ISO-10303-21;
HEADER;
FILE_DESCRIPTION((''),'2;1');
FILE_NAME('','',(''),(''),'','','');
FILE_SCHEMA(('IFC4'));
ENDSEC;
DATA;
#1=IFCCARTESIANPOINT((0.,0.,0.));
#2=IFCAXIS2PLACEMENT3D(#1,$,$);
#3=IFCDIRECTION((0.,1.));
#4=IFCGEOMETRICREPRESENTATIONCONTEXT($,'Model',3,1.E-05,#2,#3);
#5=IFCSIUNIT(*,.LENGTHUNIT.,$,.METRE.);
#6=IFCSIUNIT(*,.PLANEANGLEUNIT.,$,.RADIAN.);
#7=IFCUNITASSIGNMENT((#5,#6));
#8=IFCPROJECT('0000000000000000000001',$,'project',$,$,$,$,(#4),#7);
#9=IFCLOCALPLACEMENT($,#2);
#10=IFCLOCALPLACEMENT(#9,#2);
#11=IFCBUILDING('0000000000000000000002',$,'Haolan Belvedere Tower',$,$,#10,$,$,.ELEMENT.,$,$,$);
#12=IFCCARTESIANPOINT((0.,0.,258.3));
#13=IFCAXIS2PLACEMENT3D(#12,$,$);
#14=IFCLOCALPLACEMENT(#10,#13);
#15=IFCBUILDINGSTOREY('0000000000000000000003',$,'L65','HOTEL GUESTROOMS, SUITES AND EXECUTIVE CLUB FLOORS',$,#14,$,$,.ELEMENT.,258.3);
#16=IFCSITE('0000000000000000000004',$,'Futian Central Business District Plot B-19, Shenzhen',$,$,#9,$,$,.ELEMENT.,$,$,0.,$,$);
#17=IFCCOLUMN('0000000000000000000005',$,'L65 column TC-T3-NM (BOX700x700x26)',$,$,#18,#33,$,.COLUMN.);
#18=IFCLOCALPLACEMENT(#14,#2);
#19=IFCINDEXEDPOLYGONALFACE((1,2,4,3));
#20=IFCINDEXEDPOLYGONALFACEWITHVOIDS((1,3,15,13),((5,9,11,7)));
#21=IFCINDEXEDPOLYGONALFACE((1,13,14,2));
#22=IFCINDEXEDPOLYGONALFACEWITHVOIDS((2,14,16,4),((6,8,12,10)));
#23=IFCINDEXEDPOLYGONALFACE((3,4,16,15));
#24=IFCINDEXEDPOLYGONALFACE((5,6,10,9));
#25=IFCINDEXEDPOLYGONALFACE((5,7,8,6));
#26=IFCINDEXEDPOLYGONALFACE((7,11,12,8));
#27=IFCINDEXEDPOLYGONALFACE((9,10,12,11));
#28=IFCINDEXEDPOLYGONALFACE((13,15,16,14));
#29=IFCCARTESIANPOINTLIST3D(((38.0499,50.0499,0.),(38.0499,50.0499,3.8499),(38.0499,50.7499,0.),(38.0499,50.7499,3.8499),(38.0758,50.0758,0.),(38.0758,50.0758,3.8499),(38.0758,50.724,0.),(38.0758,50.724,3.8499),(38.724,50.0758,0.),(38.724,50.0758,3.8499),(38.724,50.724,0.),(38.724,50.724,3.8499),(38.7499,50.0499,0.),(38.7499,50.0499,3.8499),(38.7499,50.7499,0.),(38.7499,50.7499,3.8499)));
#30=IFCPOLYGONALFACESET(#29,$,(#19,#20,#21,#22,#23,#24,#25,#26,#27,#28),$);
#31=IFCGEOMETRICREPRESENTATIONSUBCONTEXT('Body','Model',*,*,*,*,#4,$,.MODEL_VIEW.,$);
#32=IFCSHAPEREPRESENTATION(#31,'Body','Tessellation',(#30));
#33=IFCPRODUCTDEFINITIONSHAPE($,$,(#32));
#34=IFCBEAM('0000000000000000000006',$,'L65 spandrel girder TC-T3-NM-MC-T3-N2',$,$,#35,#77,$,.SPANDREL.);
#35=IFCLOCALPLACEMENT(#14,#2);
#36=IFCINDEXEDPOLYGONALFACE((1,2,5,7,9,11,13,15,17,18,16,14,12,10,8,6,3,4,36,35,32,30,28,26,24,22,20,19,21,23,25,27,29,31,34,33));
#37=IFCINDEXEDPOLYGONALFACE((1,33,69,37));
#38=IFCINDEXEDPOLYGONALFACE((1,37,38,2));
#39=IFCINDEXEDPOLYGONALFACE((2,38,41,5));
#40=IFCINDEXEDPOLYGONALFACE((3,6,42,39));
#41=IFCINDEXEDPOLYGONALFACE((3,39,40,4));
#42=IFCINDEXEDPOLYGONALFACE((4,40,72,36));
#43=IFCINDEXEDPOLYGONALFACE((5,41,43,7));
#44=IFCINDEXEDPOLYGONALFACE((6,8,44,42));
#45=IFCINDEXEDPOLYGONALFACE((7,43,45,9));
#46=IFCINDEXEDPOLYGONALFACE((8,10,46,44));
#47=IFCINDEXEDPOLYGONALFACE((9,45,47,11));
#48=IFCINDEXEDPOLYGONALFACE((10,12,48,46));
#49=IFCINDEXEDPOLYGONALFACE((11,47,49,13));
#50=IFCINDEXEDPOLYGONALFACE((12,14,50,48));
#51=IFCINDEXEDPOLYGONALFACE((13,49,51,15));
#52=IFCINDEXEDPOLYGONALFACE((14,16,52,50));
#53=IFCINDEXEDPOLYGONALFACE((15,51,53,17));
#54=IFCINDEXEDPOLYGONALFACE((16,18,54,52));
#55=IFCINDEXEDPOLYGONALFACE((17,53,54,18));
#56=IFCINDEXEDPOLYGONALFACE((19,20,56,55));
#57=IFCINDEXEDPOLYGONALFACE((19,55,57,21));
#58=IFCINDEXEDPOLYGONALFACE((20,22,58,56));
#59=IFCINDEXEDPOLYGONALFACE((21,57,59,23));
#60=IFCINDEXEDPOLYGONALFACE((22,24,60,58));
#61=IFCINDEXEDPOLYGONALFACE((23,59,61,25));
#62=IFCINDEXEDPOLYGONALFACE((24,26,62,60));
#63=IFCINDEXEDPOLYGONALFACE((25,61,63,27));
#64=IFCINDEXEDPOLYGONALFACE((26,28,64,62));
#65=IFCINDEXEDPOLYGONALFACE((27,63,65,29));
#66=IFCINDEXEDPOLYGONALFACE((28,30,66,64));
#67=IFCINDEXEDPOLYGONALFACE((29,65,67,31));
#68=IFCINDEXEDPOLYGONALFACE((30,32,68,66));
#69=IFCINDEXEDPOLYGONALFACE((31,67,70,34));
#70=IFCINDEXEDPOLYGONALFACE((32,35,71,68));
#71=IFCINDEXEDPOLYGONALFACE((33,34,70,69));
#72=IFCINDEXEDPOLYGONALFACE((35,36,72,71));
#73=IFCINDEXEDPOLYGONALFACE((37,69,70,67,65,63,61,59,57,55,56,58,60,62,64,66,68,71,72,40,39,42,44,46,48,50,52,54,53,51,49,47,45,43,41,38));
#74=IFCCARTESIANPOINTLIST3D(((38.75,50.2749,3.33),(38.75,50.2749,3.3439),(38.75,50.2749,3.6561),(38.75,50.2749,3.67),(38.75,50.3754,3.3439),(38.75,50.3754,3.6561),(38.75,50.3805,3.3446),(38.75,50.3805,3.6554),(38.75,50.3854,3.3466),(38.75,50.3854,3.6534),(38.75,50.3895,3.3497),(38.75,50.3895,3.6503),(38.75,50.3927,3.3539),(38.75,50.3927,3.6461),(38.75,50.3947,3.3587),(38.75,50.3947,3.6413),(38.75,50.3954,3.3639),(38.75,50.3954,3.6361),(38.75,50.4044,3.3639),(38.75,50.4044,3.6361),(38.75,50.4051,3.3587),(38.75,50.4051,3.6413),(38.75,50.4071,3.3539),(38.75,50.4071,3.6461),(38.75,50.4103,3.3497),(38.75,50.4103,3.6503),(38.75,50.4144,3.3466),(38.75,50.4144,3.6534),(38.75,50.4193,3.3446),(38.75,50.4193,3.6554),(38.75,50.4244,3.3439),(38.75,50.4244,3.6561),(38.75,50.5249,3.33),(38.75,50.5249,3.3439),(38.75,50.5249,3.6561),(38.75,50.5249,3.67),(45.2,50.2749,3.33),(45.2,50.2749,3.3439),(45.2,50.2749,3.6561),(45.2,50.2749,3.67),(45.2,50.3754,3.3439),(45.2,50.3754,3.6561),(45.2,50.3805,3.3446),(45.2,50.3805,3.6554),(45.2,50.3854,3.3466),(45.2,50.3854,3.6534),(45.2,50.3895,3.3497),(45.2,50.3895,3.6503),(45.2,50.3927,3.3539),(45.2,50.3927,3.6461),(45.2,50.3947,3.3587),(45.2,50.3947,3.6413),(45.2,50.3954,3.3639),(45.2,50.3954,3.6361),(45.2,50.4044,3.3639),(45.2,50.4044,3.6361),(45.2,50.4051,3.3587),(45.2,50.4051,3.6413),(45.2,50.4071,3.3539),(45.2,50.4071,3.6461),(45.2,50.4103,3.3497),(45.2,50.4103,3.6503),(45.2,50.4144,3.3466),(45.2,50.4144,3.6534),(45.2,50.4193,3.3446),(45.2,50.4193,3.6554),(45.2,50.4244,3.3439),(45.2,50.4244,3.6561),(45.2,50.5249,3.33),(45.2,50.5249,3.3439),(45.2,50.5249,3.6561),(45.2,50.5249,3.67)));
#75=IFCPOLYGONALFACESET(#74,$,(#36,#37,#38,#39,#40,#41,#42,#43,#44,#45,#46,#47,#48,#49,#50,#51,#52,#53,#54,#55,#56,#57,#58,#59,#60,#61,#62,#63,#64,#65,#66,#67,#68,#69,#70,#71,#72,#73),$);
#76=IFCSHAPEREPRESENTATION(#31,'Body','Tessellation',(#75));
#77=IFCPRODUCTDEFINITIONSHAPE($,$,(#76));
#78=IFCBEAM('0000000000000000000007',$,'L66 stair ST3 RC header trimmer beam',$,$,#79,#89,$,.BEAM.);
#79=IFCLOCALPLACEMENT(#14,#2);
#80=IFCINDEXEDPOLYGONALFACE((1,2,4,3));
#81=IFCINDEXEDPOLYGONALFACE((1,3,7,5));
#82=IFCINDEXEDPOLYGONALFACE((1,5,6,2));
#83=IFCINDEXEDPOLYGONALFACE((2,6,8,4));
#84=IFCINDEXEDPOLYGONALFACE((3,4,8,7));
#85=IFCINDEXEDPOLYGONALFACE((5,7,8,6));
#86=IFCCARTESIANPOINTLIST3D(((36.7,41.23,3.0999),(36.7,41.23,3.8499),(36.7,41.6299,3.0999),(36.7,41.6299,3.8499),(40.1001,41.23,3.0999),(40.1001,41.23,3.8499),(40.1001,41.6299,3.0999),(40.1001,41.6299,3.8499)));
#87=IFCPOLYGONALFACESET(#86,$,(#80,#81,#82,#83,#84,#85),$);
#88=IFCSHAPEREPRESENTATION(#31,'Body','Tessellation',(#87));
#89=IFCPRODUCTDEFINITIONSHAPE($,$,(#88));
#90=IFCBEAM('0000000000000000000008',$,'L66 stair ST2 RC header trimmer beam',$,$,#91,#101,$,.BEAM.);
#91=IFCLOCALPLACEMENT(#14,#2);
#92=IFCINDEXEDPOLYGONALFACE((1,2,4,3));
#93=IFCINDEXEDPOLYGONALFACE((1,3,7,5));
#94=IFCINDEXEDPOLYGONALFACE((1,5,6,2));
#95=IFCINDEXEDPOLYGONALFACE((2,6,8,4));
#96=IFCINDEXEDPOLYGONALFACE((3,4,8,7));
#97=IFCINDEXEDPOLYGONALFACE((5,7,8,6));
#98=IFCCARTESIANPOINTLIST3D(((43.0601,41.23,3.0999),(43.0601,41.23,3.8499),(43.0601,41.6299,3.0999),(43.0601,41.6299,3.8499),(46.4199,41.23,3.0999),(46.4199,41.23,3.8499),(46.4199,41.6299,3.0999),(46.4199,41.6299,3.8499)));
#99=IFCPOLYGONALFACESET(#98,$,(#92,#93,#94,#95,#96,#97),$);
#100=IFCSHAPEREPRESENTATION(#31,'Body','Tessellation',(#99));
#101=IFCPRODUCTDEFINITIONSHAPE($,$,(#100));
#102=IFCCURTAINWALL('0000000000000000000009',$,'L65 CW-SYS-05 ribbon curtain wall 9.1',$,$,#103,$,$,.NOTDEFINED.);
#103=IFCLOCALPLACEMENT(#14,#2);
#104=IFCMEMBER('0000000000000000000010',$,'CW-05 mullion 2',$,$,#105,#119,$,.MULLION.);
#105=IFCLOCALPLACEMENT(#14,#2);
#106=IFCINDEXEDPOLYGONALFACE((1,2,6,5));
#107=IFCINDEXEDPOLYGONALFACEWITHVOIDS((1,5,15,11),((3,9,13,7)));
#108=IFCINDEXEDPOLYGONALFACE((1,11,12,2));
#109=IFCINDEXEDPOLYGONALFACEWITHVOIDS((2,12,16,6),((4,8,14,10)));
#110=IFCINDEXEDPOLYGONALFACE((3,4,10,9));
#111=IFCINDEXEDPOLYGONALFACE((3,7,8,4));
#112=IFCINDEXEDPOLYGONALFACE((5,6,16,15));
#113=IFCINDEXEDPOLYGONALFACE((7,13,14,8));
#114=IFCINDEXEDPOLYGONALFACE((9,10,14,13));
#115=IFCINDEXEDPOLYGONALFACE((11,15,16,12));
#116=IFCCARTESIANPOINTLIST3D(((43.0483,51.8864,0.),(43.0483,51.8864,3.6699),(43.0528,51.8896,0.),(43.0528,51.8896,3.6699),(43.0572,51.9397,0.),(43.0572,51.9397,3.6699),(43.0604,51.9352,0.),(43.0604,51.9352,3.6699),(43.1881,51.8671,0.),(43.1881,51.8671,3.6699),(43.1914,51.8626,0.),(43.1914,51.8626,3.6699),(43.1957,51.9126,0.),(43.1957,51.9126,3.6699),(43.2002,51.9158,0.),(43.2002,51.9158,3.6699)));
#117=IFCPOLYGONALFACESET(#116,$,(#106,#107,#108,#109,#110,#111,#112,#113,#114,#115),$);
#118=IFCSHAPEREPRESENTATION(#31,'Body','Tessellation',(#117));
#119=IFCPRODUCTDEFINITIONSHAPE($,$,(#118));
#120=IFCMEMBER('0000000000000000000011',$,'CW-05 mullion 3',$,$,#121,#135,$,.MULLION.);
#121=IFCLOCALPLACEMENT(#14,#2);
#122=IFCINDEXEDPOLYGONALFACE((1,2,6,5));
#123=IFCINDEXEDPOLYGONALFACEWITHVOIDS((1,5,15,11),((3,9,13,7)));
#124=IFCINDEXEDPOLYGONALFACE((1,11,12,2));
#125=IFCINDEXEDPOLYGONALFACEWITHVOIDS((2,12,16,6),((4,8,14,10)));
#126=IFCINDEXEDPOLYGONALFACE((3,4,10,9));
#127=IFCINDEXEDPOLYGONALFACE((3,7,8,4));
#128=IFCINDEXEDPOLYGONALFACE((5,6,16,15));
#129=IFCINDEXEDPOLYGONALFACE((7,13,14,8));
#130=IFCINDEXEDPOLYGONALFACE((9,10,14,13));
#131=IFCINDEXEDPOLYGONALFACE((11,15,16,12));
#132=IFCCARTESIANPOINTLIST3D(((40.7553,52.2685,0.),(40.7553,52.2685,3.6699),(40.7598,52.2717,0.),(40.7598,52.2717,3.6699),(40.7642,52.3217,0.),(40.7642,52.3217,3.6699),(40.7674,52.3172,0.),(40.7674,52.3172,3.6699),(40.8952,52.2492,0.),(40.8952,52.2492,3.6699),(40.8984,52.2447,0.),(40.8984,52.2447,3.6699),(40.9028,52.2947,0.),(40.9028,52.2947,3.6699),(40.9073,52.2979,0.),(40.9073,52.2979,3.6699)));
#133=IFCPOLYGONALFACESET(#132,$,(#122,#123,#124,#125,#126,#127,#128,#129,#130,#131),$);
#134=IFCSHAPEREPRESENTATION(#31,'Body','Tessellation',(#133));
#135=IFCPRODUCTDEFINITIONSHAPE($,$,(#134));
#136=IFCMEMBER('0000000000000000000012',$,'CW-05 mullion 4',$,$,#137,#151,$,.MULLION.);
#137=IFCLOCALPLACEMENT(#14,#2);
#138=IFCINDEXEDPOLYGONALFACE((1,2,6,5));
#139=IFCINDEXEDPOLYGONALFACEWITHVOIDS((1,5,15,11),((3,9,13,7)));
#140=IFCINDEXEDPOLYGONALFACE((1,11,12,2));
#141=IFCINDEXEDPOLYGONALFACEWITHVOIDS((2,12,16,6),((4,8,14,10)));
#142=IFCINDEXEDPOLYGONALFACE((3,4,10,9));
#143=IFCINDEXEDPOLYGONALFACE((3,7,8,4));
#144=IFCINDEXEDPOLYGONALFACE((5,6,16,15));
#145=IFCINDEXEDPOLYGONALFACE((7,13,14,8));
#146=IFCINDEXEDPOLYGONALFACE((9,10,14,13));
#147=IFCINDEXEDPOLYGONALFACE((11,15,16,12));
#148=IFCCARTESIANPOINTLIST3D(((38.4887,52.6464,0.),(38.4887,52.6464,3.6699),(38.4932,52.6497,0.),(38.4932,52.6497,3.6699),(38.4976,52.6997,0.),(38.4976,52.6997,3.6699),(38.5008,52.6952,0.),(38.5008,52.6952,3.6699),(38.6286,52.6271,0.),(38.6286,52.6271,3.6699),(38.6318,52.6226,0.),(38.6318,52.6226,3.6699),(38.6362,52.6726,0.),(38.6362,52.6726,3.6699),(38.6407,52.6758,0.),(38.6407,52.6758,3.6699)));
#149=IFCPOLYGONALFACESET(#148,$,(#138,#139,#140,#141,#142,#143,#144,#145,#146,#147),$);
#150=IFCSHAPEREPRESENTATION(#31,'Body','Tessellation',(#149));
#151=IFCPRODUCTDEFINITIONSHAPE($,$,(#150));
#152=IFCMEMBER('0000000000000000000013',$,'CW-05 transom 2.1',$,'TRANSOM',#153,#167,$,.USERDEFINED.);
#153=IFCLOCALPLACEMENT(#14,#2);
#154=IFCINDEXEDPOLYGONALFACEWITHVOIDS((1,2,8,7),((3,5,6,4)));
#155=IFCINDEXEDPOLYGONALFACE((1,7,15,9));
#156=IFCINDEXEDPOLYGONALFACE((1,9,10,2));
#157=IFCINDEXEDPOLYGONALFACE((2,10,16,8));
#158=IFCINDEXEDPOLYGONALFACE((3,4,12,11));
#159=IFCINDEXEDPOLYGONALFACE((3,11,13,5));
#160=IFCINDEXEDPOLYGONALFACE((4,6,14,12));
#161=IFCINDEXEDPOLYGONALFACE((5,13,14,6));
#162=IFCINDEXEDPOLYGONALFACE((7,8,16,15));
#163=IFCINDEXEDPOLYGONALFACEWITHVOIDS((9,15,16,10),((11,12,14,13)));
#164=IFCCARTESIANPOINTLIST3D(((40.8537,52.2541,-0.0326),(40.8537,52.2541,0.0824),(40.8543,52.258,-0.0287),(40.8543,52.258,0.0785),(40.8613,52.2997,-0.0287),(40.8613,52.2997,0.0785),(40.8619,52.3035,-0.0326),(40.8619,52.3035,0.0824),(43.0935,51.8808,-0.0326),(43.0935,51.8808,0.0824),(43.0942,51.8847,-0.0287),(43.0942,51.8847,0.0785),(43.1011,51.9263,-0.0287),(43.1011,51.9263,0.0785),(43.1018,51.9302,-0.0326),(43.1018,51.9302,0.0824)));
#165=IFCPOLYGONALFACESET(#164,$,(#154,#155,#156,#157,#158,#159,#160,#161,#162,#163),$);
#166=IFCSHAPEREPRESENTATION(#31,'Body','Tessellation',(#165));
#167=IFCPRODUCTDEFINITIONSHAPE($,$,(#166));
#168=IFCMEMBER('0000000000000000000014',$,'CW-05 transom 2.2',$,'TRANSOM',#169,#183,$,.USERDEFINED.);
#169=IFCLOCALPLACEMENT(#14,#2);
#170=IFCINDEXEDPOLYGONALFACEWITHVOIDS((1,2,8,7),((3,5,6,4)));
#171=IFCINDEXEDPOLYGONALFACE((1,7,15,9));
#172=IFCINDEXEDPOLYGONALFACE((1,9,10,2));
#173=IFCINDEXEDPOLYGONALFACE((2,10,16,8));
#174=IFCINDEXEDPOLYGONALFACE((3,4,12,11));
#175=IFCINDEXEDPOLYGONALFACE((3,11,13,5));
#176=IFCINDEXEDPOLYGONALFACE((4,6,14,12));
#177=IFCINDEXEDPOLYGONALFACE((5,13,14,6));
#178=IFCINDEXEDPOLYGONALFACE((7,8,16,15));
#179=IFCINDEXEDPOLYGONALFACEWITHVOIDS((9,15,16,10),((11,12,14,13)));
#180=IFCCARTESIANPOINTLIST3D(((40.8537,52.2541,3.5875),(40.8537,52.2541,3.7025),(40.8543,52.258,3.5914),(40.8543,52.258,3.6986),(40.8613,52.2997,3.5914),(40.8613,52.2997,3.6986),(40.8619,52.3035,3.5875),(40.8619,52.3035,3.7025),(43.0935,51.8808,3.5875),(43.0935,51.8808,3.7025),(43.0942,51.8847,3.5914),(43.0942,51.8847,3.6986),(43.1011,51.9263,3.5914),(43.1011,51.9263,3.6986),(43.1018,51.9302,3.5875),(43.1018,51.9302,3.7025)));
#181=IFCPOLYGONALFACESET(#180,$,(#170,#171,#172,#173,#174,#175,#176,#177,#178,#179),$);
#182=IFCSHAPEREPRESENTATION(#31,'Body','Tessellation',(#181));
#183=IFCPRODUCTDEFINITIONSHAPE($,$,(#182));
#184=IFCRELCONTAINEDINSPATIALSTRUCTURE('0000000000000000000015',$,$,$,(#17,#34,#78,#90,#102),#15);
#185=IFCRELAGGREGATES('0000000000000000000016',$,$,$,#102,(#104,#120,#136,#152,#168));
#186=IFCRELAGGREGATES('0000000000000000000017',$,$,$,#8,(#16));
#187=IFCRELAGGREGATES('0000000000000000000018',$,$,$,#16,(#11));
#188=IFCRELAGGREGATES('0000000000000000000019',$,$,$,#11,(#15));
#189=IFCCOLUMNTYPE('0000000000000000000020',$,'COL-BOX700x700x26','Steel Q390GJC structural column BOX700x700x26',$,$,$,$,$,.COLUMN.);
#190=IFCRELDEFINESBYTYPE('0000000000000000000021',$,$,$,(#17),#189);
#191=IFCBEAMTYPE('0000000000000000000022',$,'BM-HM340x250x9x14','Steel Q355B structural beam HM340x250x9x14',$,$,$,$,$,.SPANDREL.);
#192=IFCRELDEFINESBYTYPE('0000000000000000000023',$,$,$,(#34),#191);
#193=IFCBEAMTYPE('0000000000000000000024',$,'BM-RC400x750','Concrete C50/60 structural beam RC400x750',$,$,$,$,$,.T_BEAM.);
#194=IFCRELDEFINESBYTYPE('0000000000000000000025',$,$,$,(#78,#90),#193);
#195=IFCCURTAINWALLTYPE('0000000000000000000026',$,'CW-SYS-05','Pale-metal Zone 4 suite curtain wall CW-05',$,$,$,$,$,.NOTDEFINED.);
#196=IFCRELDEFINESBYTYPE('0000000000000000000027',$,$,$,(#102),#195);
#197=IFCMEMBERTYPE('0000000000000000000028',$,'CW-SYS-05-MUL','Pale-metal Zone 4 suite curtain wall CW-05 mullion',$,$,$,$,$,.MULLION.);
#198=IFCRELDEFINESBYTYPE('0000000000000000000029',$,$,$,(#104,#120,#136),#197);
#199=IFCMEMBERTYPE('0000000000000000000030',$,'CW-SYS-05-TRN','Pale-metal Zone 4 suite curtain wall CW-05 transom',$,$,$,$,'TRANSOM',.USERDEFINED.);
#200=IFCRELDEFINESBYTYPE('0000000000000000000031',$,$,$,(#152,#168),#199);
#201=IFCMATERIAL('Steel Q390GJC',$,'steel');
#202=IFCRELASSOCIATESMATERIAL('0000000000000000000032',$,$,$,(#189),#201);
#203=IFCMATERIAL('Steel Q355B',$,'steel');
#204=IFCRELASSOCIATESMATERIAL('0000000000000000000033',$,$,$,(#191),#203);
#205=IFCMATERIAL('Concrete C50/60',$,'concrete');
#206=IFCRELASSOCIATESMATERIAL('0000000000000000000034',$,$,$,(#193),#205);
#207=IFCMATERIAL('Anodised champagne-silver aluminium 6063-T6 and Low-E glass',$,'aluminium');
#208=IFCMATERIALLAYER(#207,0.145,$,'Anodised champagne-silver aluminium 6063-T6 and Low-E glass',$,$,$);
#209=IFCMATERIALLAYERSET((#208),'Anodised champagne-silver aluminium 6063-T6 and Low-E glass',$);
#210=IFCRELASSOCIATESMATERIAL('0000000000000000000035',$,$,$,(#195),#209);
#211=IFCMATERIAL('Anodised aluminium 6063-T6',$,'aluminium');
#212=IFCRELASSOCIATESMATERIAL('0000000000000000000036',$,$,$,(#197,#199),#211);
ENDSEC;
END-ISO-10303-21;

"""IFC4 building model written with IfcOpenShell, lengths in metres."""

from ifc_helpers import new_model, si_unit, direction, frame, origin, origin_2d, place, context, subcontext, project, spatial, rectangle, hollow_rectangle, i_section, extrude, material, layer, layer_set, material_profile, profile_set, type_object, element, aggregate, save


model = new_model("IFC4")

# Units and contexts
model_context = context("Model", 3, precision=1e-05, world=origin(), true_north=direction((0.0, 1.0)))
body_context = subcontext(model_context, "Body", "Model", "MODEL_VIEW")
ifc_project = project(units=[si_unit("LENGTHUNIT", "METRE"), si_unit("PLANEANGLEUNIT", "RADIAN")], contexts=[model_context])

# Site, building, storey
site_placement = place(None, origin())
site = spatial("IfcSite", under=ifc_project, at=site_placement, Name="Futian Central Business District Plot B-19, Shenzhen", CompositionType="ELEMENT", RefElevation=0.0)
building_placement = place(site_placement, origin())
building = spatial("IfcBuilding", under=site, at=building_placement, Name="Haolan Belvedere Tower", CompositionType="ELEMENT")
storey_placement = place(building_placement, frame((0.0, 0.0, 258.3)))
storey = spatial("IfcBuildingStorey", under=building, at=storey_placement, Name="L65", Description="HOTEL GUESTROOMS, SUITES AND EXECUTIVE CLUB FLOORS", CompositionType="ELEMENT", Elevation=258.3)

# Column
ifc_material_1 = material(Name="Steel Q390GJC", Category="steel")
ifc_material_profile_1 = material_profile(ifc_material_1, hollow_rectangle(XDim=0.7, YDim=0.7, WallThickness=0.0259, at=origin_2d()), Name="Steel Q390GJC")
ifc_profile_set_1 = profile_set([ifc_material_profile_1], Name="Steel Q390GJC")
column_type = type_object("IfcColumnType", Name="COL-BOX700x700x26", Description="Steel Q390GJC structural column BOX700x700x26", PredefinedType="COLUMN", material=ifc_profile_set_1)
column_placement = place(storey_placement, frame((38.3999, 50.3999, 0.0), z_axis=(0.0, 0.0, 1.0), x_axis=(1.0, 0.0, 0.0)))
element("IfcColumn", 1, at=column_placement, inside=storey, type_object=column_type, Name="L65 column TC-T3-NM (BOX700x700x26)", PredefinedType="COLUMN", context=body_context, shape_type="SweptSolid", body=[
    extrude(hollow_rectangle(XDim=0.7, YDim=0.7, WallThickness=0.0259, at=origin_2d()), origin(), (0.0, 0.0, 1.0), 3.8499),
])

# Beams
ifc_material_2 = material(Name="Steel Q355B", Category="steel")
ifc_material_profile_2 = material_profile(ifc_material_2, i_section(OverallWidth=0.25, OverallDepth=0.3401, WebThickness=0.009, FlangeThickness=0.0139, FilletRadius=0.02, at=origin_2d()), Name="Steel Q355B")
ifc_profile_set_2 = profile_set([ifc_material_profile_2], Name="Steel Q355B")
beam_type_1 = type_object("IfcBeamType", Name="BM-HM340x250x9x14", Description="Steel Q355B structural beam HM340x250x9x14", PredefinedType="SPANDREL", material=ifc_profile_set_2)
beam_1_placement = place(storey_placement, frame((38.75, 50.3999, 3.5), z_axis=(1.0, 0.0, 0.0), x_axis=(0.0, 1.0, 0.0)))
element("IfcBeam", 2, at=beam_1_placement, inside=storey, type_object=beam_type_1, Name="L65 spandrel girder TC-T3-NM-MC-T3-N2", PredefinedType="SPANDREL", context=body_context, shape_type="SweptSolid", body=[
    extrude(i_section(OverallWidth=0.25, OverallDepth=0.3401, WebThickness=0.009, FlangeThickness=0.0139, FilletRadius=0.02, at=origin_2d()), origin(), (0.0, 0.0, 1.0), 6.45),
])
ifc_material_3 = material(Name="Concrete C50/60", Category="concrete")
ifc_material_profile_3 = material_profile(ifc_material_3, rectangle(XDim=0.3999, YDim=0.75, at=origin_2d()), Name="Concrete C50/60")
ifc_profile_set_3 = profile_set([ifc_material_profile_3], Name="Concrete C50/60")
beam_type_2 = type_object("IfcBeamType", Name="BM-RC400x750", Description="Concrete C50/60 structural beam RC400x750", PredefinedType="T_BEAM", material=ifc_profile_set_3)
beam_2_placement = place(storey_placement, frame((36.7, 41.4299, 3.4749), z_axis=(1.0, 0.0, 0.0), x_axis=(0.0, 1.0, 0.0)))
element("IfcBeam", 3, at=beam_2_placement, inside=storey, type_object=beam_type_2, Name="L66 stair ST3 RC header trimmer beam", PredefinedType="BEAM", context=body_context, shape_type="SweptSolid", body=[
    extrude(rectangle(XDim=0.3999, YDim=0.75, at=origin_2d()), origin(), (0.0, 0.0, 1.0), 3.4001),
])
beam_3_placement = place(storey_placement, frame((43.0601, 41.4299, 3.4749), z_axis=(1.0, 0.0, 0.0), x_axis=(0.0, 1.0, 0.0)))
element("IfcBeam", 4, at=beam_3_placement, inside=storey, type_object=beam_type_2, Name="L66 stair ST2 RC header trimmer beam", PredefinedType="BEAM", context=body_context, shape_type="SweptSolid", body=[
    extrude(rectangle(XDim=0.3999, YDim=0.75, at=origin_2d()), origin(), (0.0, 0.0, 1.0), 3.3599),
])

# Curtain wall, members
ifc_material_4 = material(Name="Anodised champagne-silver aluminium 6063-T6 and Low-E glass", Category="aluminium")
ifc_layer_1 = layer(ifc_material_4, 0.145, Name="Anodised champagne-silver aluminium 6063-T6 and Low-E glass")
ifc_layer_set_1 = layer_set([ifc_layer_1], Name="Anodised champagne-silver aluminium 6063-T6 and Low-E glass")
curtain_wall_type = type_object("IfcCurtainWallType", Name="CW-SYS-05", Description="Pale-metal Zone 4 suite curtain wall CW-05", PredefinedType="NOTDEFINED", material=ifc_layer_set_1)
curtain_wall_placement = place(storey_placement, origin())
curtain_wall = element("IfcCurtainWall", 5, at=curtain_wall_placement, inside=storey, type_object=curtain_wall_type, Name="L65 CW-SYS-05 ribbon curtain wall 9.1", PredefinedType="NOTDEFINED")
ifc_material_5 = material(Name="Anodised aluminium 6063-T6", Category="aluminium")
ifc_material_profile_4 = material_profile(ifc_material_5, hollow_rectangle(XDim=0.054, YDim=0.145, WallThickness=0.0039, at=origin_2d()), Name="Anodised aluminium 6063-T6")
ifc_profile_set_4 = profile_set([ifc_material_profile_4], Name="Anodised aluminium 6063-T6")
member_type_1 = type_object("IfcMemberType", Name="CW-SYS-05-MUL", Description="Pale-metal Zone 4 suite curtain wall CW-05 mullion", PredefinedType="MULLION", material=ifc_profile_set_4)
member_1_placement = place(storey_placement, frame((43.1243, 51.9011, 0.0), z_axis=(0.0, 0.0, 1.0), x_axis=(-0.164406, -0.986393, 0.0)))
member_1 = element("IfcMember", 6, at=member_1_placement, type_object=member_type_1, Name="CW-05 mullion 2", PredefinedType="MULLION", context=body_context, shape_type="SweptSolid", body=[
    extrude(hollow_rectangle(XDim=0.054, YDim=0.145, WallThickness=0.0039, at=origin_2d()), origin(), (0.0, 0.0, 1.0), 3.6699),
])
member_2_placement = place(storey_placement, frame((40.8313, 52.2832, 0.0), z_axis=(0.0, 0.0, 1.0), x_axis=(-0.164406, -0.986393, 0.0)))
member_2 = element("IfcMember", 7, at=member_2_placement, type_object=member_type_1, Name="CW-05 mullion 3", PredefinedType="MULLION", context=body_context, shape_type="SweptSolid", body=[
    extrude(hollow_rectangle(XDim=0.054, YDim=0.145, WallThickness=0.0039, at=origin_2d()), origin(), (0.0, 0.0, 1.0), 3.6699),
])
member_3_placement = place(storey_placement, frame((38.5647, 52.6611, 0.0), z_axis=(0.0, 0.0, 1.0), x_axis=(-0.164406, -0.986393, 0.0)))
member_3 = element("IfcMember", 8, at=member_3_placement, type_object=member_type_1, Name="CW-05 mullion 4", PredefinedType="MULLION", context=body_context, shape_type="SweptSolid", body=[
    extrude(hollow_rectangle(XDim=0.054, YDim=0.145, WallThickness=0.0039, at=origin_2d()), origin(), (0.0, 0.0, 1.0), 3.6699),
])
ifc_material_profile_5 = material_profile(ifc_material_5, hollow_rectangle(XDim=0.05, YDim=0.115, WallThickness=0.0039, at=origin_2d()), Name="Anodised aluminium 6063-T6")
ifc_profile_set_5 = profile_set([ifc_material_profile_5], Name="Anodised aluminium 6063-T6")
member_type_2 = type_object("IfcMemberType", Name="CW-SYS-05-TRN", Description="Pale-metal Zone 4 suite curtain wall CW-05 transom", ElementType="TRANSOM", PredefinedType="USERDEFINED", material=ifc_profile_set_5)
member_4_placement = place(storey_placement, frame((43.0977, 51.9055, 0.0249), z_axis=(-0.986394, 0.164399, 0.0), x_axis=(-0.164399, -0.986394, 0.0)))
member_4 = element("IfcMember", 9, at=member_4_placement, type_object=member_type_2, Name="CW-05 transom 2.1", ObjectType="TRANSOM", PredefinedType="USERDEFINED", context=body_context, shape_type="SweptSolid", body=[
    extrude(hollow_rectangle(XDim=0.05, YDim=0.115, WallThickness=0.0039, at=origin_2d()), origin(), (0.0, 0.0, 1.0), 2.2708),
])
member_5_placement = place(storey_placement, frame((43.0977, 51.9055, 3.645), z_axis=(-0.986394, 0.164399, 0.0), x_axis=(-0.164399, -0.986394, 0.0)))
member_5 = element("IfcMember", 10, at=member_5_placement, type_object=member_type_2, Name="CW-05 transom 2.2", ObjectType="TRANSOM", PredefinedType="USERDEFINED", context=body_context, shape_type="SweptSolid", body=[
    extrude(hollow_rectangle(XDim=0.05, YDim=0.115, WallThickness=0.0039, at=origin_2d()), origin(), (0.0, 0.0, 1.0), 2.2708),
])
aggregate(curtain_wall, [member_1, member_2, member_3, member_4, member_5])

save(model, "model.ifc")
